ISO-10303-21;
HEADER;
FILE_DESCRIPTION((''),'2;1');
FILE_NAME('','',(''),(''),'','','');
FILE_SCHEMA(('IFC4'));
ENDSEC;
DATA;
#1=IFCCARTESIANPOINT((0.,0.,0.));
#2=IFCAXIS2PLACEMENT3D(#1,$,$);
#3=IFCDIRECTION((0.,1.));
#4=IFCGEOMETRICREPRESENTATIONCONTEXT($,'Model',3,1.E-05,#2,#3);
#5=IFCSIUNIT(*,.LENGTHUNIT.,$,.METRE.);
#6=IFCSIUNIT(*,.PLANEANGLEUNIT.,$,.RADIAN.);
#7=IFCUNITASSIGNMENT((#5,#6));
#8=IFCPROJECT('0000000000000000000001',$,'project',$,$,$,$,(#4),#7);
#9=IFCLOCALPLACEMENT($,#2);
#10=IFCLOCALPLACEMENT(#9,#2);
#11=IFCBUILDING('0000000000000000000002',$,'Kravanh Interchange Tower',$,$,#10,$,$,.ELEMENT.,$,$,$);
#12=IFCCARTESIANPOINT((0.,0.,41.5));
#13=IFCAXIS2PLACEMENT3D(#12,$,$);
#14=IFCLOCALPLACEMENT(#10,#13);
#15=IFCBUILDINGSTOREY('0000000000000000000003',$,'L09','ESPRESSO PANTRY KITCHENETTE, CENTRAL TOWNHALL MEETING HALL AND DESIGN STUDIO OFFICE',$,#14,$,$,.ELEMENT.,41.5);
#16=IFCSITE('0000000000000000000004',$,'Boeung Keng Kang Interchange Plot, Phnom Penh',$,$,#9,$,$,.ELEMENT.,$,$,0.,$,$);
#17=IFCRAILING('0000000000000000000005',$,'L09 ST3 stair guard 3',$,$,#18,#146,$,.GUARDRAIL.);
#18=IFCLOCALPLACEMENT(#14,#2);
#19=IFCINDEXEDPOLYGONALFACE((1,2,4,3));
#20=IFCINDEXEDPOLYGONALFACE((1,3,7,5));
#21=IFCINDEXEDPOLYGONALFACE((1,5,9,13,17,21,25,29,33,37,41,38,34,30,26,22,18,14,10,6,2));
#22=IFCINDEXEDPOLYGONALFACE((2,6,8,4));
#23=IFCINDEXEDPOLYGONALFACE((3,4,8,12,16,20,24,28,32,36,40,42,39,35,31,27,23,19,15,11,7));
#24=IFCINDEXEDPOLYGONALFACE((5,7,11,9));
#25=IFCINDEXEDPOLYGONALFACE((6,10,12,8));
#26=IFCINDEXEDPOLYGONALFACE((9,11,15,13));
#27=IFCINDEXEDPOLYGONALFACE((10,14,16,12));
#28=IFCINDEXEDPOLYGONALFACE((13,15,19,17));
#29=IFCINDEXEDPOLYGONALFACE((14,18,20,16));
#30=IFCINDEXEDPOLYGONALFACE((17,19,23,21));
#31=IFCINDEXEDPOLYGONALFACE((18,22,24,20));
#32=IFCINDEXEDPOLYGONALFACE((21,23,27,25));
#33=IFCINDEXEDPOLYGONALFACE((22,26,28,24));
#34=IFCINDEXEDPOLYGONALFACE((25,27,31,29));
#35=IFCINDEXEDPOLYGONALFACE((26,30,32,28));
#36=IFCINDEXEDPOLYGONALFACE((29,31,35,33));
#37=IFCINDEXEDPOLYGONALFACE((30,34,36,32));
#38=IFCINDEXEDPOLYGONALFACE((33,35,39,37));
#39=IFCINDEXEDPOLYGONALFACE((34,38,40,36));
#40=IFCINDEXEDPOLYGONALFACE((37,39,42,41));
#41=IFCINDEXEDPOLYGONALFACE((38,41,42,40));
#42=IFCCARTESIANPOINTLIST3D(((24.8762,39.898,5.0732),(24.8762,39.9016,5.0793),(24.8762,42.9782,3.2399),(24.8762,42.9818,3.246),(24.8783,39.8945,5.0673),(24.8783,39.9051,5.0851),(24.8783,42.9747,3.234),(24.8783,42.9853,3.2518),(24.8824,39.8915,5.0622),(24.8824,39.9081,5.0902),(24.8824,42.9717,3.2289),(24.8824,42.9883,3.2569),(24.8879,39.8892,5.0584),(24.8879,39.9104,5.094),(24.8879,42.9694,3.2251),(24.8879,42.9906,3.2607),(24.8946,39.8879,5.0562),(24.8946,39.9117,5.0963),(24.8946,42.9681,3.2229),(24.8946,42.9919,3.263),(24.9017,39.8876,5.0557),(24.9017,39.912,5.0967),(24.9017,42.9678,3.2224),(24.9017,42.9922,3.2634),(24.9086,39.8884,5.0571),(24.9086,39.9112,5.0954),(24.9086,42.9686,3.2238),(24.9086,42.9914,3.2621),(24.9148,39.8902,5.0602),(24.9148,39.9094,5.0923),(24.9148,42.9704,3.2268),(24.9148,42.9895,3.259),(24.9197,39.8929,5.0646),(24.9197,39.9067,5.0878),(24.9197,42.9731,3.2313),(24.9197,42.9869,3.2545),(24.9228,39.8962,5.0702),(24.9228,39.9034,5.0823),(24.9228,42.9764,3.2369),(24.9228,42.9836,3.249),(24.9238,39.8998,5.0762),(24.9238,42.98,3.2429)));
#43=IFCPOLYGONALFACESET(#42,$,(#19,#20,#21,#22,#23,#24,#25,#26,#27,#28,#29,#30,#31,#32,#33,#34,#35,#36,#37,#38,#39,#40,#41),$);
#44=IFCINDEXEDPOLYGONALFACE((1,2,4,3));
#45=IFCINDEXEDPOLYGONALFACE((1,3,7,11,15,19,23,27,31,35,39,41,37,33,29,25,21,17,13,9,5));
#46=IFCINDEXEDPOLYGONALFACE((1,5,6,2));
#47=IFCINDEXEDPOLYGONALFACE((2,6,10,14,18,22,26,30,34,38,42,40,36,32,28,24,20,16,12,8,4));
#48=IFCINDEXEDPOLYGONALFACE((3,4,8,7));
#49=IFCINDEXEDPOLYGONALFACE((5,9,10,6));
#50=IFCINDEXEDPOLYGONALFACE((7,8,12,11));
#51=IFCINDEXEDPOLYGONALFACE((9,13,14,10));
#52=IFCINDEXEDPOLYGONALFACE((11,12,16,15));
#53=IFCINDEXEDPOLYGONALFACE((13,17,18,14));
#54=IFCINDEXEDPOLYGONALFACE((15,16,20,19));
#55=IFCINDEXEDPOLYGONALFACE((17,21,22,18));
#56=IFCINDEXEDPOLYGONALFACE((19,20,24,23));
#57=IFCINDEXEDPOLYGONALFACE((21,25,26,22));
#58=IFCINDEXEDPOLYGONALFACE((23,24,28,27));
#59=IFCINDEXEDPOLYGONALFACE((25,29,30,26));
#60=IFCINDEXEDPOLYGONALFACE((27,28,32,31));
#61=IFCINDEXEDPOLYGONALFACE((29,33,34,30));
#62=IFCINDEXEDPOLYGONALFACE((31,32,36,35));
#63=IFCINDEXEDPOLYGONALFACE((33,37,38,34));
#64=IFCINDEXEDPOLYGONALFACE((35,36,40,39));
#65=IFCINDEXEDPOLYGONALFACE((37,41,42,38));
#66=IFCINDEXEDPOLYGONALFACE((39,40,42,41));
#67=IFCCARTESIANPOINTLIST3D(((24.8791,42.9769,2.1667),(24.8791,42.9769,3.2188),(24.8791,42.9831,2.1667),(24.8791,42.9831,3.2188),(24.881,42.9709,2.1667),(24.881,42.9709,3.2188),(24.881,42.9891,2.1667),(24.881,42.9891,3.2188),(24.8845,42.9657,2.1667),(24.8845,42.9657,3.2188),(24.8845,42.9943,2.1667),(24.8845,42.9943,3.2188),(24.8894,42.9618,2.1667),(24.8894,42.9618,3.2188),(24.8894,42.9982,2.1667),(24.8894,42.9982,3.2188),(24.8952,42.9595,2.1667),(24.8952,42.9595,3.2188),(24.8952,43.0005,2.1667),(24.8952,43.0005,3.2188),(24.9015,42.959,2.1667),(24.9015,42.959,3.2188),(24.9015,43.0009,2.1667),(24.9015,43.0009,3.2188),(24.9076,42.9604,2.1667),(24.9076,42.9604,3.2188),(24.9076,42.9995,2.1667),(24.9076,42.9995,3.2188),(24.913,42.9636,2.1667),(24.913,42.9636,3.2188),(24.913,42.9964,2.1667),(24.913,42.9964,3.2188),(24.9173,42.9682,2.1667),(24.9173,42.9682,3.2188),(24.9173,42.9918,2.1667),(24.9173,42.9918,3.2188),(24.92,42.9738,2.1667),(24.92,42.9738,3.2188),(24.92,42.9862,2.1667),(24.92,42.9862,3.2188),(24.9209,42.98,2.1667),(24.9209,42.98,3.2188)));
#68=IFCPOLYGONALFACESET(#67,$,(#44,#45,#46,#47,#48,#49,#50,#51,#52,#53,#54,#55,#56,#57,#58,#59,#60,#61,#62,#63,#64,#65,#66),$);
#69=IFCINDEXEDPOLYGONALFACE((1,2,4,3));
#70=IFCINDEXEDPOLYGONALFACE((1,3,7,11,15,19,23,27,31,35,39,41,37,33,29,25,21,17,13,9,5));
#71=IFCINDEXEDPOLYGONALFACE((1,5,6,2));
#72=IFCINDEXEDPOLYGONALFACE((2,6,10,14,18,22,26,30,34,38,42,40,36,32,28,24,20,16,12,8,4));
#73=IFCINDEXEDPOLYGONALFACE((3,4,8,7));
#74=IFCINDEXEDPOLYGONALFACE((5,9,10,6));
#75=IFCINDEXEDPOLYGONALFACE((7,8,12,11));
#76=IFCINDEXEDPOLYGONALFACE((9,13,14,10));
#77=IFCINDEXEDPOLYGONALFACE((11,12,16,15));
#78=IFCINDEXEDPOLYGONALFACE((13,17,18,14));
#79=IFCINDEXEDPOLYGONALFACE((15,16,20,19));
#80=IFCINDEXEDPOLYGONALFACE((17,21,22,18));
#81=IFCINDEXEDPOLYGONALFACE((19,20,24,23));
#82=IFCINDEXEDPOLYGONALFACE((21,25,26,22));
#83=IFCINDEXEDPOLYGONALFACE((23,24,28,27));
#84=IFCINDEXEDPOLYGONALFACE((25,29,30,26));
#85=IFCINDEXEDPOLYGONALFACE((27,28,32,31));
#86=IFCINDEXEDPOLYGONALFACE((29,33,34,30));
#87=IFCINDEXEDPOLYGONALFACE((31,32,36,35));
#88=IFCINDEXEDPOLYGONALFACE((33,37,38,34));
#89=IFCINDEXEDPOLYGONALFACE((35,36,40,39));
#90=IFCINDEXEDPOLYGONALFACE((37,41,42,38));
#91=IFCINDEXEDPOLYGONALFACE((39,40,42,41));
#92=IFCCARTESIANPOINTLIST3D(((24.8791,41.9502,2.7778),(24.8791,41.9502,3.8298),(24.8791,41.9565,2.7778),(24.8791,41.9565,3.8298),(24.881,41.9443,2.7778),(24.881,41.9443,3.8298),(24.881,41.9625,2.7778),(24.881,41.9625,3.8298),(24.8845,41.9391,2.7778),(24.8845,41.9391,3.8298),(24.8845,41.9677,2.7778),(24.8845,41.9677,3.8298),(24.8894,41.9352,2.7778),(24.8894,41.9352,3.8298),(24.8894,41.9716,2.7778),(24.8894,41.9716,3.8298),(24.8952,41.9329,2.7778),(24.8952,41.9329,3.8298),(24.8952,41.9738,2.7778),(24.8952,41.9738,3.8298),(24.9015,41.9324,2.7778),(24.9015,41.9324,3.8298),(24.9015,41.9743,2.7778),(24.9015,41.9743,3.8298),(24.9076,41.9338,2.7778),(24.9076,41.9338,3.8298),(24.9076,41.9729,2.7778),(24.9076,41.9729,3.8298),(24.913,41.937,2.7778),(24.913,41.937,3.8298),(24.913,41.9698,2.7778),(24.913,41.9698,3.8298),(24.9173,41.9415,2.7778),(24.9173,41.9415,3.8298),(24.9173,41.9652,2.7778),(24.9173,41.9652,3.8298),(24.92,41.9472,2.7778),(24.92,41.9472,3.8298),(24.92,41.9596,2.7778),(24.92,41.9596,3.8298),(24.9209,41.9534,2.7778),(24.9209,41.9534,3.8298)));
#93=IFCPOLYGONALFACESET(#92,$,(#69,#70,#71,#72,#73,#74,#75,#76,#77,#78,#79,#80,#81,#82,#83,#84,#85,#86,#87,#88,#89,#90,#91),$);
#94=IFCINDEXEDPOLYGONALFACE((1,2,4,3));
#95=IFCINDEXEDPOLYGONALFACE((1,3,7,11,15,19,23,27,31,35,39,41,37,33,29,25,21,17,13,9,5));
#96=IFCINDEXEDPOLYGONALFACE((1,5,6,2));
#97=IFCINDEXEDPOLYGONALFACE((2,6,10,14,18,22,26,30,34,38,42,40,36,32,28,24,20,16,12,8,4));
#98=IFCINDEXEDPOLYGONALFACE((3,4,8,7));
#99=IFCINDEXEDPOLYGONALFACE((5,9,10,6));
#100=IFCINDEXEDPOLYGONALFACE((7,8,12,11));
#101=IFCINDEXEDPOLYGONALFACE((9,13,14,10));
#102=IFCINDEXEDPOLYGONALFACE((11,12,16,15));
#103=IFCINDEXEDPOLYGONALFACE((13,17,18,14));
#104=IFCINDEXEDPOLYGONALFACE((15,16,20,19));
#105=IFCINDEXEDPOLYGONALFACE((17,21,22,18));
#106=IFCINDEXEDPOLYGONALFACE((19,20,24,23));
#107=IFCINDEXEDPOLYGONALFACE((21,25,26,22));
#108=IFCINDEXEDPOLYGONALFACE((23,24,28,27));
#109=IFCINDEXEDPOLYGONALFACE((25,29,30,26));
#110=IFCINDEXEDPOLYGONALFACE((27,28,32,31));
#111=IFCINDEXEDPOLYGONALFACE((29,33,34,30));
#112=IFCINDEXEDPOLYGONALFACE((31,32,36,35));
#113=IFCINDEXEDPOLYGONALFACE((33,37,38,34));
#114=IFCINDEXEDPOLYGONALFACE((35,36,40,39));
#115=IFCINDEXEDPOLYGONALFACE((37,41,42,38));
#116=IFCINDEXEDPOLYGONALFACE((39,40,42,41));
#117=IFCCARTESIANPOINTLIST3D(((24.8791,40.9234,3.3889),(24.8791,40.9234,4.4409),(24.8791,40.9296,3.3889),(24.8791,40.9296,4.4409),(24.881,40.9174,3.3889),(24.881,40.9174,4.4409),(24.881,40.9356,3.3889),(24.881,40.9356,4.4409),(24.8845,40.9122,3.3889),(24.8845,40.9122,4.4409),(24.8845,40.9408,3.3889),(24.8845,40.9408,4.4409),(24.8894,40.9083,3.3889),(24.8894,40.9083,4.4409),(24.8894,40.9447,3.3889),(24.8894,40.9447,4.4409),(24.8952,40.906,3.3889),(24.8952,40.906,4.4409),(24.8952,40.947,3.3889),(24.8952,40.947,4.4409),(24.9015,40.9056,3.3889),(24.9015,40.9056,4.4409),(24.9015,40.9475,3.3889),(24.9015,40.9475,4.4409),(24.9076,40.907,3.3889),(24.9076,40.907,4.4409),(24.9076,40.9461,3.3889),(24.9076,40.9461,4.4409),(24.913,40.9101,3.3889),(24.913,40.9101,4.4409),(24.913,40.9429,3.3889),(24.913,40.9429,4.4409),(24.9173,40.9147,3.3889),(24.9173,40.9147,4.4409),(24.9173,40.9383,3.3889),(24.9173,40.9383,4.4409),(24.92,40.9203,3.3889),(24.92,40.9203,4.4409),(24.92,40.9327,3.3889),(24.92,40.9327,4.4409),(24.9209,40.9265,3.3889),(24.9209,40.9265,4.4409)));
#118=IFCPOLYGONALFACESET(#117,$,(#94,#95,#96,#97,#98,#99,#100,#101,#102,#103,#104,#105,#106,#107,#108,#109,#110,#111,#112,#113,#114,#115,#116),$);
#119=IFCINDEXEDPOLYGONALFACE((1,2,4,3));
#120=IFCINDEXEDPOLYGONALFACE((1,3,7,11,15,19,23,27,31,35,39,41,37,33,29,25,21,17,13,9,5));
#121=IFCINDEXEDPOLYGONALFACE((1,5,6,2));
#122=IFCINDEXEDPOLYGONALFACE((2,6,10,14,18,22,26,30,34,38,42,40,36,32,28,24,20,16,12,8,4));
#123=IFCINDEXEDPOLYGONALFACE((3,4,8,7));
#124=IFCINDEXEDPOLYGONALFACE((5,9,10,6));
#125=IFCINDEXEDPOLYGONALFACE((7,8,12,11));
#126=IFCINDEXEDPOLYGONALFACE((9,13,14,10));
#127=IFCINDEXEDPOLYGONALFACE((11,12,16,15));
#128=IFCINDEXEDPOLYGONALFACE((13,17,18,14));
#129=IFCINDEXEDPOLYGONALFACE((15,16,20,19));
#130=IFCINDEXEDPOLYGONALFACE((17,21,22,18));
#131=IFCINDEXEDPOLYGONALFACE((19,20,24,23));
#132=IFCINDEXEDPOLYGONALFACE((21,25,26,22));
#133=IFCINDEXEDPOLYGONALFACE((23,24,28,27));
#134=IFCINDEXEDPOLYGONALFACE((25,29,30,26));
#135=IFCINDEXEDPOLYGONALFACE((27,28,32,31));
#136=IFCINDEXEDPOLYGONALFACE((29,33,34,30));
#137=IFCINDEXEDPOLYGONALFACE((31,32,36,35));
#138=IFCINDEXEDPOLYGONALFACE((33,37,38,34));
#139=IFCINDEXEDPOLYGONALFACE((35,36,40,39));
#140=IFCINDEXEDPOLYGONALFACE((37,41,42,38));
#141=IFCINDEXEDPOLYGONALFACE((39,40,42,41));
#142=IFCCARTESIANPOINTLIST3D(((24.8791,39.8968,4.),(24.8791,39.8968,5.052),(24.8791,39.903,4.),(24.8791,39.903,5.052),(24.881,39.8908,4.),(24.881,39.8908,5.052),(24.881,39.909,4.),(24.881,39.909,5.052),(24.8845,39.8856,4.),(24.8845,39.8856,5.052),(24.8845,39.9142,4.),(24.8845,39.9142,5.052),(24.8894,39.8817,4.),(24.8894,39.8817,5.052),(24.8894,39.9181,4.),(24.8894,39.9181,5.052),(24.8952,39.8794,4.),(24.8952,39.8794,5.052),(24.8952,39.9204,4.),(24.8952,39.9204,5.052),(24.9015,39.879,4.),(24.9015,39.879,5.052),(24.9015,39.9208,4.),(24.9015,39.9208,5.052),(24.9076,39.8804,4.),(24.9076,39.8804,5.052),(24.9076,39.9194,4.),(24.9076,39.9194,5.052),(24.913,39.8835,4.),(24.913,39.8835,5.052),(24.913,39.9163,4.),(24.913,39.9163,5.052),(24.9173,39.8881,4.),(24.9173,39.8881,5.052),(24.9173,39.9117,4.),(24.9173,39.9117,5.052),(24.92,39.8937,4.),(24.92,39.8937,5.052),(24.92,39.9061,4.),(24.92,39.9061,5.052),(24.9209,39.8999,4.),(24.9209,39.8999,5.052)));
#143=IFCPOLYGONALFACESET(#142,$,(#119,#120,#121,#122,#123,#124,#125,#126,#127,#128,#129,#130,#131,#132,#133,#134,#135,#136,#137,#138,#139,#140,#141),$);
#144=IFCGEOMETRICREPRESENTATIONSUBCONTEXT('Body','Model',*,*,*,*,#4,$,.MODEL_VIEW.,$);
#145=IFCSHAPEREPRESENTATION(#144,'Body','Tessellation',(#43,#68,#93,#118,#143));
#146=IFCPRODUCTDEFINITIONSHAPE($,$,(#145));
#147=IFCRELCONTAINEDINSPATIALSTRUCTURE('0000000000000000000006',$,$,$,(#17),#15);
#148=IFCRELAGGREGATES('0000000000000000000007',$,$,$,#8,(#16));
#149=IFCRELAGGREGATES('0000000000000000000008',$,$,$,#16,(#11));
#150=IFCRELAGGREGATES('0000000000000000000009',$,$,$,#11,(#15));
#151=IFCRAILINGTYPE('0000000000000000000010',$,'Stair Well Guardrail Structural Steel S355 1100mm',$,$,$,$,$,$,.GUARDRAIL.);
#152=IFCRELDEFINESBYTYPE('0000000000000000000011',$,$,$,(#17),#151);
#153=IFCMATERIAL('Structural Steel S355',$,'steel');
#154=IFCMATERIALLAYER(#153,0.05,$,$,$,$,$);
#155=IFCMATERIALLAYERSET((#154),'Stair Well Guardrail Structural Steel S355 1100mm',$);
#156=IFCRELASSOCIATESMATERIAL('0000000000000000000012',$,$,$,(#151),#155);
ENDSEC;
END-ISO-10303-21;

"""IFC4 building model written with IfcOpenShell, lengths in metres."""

from ifc_helpers import new_model, si_unit, direction, frame, origin, origin_2d, place, context, subcontext, project, spatial, circle, extrude, material, layer, layer_set, type_object, element, save


model = new_model("IFC4")

# Units and contexts
model_context = context("Model", 3, precision=1e-05, world=origin(), true_north=direction((0.0, 1.0)))
body_context = subcontext(model_context, "Body", "Model", "MODEL_VIEW")
ifc_project = project(units=[si_unit("LENGTHUNIT", "METRE"), si_unit("PLANEANGLEUNIT", "RADIAN")], contexts=[model_context])

# Site, building, storey
site_placement = place(None, origin())
site = spatial("IfcSite", under=ifc_project, at=site_placement, Name="Boeung Keng Kang Interchange Plot, Phnom Penh", CompositionType="ELEMENT", RefElevation=0.0)
building_placement = place(site_placement, origin())
building = spatial("IfcBuilding", under=site, at=building_placement, Name="Kravanh Interchange Tower", CompositionType="ELEMENT")
storey_placement = place(building_placement, frame((0.0, 0.0, 41.5)))
storey = spatial("IfcBuildingStorey", under=building, at=storey_placement, Name="L09", Description="ESPRESSO PANTRY KITCHENETTE, CENTRAL TOWNHALL MEETING HALL AND DESIGN STUDIO OFFICE", CompositionType="ELEMENT", Elevation=41.5)

# Railing
ifc_material_1 = material(Name="Structural Steel S355", Category="steel")
ifc_layer_1 = layer(ifc_material_1, 0.05)
ifc_layer_set_1 = layer_set([ifc_layer_1], Name="Stair Well Guardrail Structural Steel S355 1100mm")
railing_type_1 = type_object("IfcRailingType", Name="Stair Well Guardrail Structural Steel S355 1100mm", PredefinedType="GUARDRAIL", material=ifc_layer_set_1)
railing_1_placement = place(storey_placement, frame((24.8999, 42.98, 2.1667)))
element("IfcRailing", 1, at=railing_1_placement, inside=storey, type_object=railing_type_1, Name="L09 ST3 stair guard 3", PredefinedType="GUARDRAIL", context=body_context, shape_type="SweptSolid", body=[
    extrude(circle(Radius=0.0239, at=origin_2d()), frame((0.0, 0.0, 1.0762), z_axis=(0.0, -0.859309, 0.511458), x_axis=(1.0, 0.0, 0.0)), (0.0, 0.0, 1.0), 3.5845),
    extrude(circle(Radius=0.021, at=origin_2d()), origin(), (0.0, 0.0, 1.0), 1.052),
    extrude(circle(Radius=0.021, at=origin_2d()), frame((0.0, -1.0266, 0.6111)), (0.0, 0.0, 1.0), 1.052),
    extrude(circle(Radius=0.021, at=origin_2d()), frame((0.0, -2.0535, 1.2222)), (0.0, 0.0, 1.0), 1.052),
    extrude(circle(Radius=0.021, at=origin_2d()), frame((0.0, -3.0801, 1.8333)), (0.0, 0.0, 1.0), 1.052),
])

save(model, "model.ifc")
